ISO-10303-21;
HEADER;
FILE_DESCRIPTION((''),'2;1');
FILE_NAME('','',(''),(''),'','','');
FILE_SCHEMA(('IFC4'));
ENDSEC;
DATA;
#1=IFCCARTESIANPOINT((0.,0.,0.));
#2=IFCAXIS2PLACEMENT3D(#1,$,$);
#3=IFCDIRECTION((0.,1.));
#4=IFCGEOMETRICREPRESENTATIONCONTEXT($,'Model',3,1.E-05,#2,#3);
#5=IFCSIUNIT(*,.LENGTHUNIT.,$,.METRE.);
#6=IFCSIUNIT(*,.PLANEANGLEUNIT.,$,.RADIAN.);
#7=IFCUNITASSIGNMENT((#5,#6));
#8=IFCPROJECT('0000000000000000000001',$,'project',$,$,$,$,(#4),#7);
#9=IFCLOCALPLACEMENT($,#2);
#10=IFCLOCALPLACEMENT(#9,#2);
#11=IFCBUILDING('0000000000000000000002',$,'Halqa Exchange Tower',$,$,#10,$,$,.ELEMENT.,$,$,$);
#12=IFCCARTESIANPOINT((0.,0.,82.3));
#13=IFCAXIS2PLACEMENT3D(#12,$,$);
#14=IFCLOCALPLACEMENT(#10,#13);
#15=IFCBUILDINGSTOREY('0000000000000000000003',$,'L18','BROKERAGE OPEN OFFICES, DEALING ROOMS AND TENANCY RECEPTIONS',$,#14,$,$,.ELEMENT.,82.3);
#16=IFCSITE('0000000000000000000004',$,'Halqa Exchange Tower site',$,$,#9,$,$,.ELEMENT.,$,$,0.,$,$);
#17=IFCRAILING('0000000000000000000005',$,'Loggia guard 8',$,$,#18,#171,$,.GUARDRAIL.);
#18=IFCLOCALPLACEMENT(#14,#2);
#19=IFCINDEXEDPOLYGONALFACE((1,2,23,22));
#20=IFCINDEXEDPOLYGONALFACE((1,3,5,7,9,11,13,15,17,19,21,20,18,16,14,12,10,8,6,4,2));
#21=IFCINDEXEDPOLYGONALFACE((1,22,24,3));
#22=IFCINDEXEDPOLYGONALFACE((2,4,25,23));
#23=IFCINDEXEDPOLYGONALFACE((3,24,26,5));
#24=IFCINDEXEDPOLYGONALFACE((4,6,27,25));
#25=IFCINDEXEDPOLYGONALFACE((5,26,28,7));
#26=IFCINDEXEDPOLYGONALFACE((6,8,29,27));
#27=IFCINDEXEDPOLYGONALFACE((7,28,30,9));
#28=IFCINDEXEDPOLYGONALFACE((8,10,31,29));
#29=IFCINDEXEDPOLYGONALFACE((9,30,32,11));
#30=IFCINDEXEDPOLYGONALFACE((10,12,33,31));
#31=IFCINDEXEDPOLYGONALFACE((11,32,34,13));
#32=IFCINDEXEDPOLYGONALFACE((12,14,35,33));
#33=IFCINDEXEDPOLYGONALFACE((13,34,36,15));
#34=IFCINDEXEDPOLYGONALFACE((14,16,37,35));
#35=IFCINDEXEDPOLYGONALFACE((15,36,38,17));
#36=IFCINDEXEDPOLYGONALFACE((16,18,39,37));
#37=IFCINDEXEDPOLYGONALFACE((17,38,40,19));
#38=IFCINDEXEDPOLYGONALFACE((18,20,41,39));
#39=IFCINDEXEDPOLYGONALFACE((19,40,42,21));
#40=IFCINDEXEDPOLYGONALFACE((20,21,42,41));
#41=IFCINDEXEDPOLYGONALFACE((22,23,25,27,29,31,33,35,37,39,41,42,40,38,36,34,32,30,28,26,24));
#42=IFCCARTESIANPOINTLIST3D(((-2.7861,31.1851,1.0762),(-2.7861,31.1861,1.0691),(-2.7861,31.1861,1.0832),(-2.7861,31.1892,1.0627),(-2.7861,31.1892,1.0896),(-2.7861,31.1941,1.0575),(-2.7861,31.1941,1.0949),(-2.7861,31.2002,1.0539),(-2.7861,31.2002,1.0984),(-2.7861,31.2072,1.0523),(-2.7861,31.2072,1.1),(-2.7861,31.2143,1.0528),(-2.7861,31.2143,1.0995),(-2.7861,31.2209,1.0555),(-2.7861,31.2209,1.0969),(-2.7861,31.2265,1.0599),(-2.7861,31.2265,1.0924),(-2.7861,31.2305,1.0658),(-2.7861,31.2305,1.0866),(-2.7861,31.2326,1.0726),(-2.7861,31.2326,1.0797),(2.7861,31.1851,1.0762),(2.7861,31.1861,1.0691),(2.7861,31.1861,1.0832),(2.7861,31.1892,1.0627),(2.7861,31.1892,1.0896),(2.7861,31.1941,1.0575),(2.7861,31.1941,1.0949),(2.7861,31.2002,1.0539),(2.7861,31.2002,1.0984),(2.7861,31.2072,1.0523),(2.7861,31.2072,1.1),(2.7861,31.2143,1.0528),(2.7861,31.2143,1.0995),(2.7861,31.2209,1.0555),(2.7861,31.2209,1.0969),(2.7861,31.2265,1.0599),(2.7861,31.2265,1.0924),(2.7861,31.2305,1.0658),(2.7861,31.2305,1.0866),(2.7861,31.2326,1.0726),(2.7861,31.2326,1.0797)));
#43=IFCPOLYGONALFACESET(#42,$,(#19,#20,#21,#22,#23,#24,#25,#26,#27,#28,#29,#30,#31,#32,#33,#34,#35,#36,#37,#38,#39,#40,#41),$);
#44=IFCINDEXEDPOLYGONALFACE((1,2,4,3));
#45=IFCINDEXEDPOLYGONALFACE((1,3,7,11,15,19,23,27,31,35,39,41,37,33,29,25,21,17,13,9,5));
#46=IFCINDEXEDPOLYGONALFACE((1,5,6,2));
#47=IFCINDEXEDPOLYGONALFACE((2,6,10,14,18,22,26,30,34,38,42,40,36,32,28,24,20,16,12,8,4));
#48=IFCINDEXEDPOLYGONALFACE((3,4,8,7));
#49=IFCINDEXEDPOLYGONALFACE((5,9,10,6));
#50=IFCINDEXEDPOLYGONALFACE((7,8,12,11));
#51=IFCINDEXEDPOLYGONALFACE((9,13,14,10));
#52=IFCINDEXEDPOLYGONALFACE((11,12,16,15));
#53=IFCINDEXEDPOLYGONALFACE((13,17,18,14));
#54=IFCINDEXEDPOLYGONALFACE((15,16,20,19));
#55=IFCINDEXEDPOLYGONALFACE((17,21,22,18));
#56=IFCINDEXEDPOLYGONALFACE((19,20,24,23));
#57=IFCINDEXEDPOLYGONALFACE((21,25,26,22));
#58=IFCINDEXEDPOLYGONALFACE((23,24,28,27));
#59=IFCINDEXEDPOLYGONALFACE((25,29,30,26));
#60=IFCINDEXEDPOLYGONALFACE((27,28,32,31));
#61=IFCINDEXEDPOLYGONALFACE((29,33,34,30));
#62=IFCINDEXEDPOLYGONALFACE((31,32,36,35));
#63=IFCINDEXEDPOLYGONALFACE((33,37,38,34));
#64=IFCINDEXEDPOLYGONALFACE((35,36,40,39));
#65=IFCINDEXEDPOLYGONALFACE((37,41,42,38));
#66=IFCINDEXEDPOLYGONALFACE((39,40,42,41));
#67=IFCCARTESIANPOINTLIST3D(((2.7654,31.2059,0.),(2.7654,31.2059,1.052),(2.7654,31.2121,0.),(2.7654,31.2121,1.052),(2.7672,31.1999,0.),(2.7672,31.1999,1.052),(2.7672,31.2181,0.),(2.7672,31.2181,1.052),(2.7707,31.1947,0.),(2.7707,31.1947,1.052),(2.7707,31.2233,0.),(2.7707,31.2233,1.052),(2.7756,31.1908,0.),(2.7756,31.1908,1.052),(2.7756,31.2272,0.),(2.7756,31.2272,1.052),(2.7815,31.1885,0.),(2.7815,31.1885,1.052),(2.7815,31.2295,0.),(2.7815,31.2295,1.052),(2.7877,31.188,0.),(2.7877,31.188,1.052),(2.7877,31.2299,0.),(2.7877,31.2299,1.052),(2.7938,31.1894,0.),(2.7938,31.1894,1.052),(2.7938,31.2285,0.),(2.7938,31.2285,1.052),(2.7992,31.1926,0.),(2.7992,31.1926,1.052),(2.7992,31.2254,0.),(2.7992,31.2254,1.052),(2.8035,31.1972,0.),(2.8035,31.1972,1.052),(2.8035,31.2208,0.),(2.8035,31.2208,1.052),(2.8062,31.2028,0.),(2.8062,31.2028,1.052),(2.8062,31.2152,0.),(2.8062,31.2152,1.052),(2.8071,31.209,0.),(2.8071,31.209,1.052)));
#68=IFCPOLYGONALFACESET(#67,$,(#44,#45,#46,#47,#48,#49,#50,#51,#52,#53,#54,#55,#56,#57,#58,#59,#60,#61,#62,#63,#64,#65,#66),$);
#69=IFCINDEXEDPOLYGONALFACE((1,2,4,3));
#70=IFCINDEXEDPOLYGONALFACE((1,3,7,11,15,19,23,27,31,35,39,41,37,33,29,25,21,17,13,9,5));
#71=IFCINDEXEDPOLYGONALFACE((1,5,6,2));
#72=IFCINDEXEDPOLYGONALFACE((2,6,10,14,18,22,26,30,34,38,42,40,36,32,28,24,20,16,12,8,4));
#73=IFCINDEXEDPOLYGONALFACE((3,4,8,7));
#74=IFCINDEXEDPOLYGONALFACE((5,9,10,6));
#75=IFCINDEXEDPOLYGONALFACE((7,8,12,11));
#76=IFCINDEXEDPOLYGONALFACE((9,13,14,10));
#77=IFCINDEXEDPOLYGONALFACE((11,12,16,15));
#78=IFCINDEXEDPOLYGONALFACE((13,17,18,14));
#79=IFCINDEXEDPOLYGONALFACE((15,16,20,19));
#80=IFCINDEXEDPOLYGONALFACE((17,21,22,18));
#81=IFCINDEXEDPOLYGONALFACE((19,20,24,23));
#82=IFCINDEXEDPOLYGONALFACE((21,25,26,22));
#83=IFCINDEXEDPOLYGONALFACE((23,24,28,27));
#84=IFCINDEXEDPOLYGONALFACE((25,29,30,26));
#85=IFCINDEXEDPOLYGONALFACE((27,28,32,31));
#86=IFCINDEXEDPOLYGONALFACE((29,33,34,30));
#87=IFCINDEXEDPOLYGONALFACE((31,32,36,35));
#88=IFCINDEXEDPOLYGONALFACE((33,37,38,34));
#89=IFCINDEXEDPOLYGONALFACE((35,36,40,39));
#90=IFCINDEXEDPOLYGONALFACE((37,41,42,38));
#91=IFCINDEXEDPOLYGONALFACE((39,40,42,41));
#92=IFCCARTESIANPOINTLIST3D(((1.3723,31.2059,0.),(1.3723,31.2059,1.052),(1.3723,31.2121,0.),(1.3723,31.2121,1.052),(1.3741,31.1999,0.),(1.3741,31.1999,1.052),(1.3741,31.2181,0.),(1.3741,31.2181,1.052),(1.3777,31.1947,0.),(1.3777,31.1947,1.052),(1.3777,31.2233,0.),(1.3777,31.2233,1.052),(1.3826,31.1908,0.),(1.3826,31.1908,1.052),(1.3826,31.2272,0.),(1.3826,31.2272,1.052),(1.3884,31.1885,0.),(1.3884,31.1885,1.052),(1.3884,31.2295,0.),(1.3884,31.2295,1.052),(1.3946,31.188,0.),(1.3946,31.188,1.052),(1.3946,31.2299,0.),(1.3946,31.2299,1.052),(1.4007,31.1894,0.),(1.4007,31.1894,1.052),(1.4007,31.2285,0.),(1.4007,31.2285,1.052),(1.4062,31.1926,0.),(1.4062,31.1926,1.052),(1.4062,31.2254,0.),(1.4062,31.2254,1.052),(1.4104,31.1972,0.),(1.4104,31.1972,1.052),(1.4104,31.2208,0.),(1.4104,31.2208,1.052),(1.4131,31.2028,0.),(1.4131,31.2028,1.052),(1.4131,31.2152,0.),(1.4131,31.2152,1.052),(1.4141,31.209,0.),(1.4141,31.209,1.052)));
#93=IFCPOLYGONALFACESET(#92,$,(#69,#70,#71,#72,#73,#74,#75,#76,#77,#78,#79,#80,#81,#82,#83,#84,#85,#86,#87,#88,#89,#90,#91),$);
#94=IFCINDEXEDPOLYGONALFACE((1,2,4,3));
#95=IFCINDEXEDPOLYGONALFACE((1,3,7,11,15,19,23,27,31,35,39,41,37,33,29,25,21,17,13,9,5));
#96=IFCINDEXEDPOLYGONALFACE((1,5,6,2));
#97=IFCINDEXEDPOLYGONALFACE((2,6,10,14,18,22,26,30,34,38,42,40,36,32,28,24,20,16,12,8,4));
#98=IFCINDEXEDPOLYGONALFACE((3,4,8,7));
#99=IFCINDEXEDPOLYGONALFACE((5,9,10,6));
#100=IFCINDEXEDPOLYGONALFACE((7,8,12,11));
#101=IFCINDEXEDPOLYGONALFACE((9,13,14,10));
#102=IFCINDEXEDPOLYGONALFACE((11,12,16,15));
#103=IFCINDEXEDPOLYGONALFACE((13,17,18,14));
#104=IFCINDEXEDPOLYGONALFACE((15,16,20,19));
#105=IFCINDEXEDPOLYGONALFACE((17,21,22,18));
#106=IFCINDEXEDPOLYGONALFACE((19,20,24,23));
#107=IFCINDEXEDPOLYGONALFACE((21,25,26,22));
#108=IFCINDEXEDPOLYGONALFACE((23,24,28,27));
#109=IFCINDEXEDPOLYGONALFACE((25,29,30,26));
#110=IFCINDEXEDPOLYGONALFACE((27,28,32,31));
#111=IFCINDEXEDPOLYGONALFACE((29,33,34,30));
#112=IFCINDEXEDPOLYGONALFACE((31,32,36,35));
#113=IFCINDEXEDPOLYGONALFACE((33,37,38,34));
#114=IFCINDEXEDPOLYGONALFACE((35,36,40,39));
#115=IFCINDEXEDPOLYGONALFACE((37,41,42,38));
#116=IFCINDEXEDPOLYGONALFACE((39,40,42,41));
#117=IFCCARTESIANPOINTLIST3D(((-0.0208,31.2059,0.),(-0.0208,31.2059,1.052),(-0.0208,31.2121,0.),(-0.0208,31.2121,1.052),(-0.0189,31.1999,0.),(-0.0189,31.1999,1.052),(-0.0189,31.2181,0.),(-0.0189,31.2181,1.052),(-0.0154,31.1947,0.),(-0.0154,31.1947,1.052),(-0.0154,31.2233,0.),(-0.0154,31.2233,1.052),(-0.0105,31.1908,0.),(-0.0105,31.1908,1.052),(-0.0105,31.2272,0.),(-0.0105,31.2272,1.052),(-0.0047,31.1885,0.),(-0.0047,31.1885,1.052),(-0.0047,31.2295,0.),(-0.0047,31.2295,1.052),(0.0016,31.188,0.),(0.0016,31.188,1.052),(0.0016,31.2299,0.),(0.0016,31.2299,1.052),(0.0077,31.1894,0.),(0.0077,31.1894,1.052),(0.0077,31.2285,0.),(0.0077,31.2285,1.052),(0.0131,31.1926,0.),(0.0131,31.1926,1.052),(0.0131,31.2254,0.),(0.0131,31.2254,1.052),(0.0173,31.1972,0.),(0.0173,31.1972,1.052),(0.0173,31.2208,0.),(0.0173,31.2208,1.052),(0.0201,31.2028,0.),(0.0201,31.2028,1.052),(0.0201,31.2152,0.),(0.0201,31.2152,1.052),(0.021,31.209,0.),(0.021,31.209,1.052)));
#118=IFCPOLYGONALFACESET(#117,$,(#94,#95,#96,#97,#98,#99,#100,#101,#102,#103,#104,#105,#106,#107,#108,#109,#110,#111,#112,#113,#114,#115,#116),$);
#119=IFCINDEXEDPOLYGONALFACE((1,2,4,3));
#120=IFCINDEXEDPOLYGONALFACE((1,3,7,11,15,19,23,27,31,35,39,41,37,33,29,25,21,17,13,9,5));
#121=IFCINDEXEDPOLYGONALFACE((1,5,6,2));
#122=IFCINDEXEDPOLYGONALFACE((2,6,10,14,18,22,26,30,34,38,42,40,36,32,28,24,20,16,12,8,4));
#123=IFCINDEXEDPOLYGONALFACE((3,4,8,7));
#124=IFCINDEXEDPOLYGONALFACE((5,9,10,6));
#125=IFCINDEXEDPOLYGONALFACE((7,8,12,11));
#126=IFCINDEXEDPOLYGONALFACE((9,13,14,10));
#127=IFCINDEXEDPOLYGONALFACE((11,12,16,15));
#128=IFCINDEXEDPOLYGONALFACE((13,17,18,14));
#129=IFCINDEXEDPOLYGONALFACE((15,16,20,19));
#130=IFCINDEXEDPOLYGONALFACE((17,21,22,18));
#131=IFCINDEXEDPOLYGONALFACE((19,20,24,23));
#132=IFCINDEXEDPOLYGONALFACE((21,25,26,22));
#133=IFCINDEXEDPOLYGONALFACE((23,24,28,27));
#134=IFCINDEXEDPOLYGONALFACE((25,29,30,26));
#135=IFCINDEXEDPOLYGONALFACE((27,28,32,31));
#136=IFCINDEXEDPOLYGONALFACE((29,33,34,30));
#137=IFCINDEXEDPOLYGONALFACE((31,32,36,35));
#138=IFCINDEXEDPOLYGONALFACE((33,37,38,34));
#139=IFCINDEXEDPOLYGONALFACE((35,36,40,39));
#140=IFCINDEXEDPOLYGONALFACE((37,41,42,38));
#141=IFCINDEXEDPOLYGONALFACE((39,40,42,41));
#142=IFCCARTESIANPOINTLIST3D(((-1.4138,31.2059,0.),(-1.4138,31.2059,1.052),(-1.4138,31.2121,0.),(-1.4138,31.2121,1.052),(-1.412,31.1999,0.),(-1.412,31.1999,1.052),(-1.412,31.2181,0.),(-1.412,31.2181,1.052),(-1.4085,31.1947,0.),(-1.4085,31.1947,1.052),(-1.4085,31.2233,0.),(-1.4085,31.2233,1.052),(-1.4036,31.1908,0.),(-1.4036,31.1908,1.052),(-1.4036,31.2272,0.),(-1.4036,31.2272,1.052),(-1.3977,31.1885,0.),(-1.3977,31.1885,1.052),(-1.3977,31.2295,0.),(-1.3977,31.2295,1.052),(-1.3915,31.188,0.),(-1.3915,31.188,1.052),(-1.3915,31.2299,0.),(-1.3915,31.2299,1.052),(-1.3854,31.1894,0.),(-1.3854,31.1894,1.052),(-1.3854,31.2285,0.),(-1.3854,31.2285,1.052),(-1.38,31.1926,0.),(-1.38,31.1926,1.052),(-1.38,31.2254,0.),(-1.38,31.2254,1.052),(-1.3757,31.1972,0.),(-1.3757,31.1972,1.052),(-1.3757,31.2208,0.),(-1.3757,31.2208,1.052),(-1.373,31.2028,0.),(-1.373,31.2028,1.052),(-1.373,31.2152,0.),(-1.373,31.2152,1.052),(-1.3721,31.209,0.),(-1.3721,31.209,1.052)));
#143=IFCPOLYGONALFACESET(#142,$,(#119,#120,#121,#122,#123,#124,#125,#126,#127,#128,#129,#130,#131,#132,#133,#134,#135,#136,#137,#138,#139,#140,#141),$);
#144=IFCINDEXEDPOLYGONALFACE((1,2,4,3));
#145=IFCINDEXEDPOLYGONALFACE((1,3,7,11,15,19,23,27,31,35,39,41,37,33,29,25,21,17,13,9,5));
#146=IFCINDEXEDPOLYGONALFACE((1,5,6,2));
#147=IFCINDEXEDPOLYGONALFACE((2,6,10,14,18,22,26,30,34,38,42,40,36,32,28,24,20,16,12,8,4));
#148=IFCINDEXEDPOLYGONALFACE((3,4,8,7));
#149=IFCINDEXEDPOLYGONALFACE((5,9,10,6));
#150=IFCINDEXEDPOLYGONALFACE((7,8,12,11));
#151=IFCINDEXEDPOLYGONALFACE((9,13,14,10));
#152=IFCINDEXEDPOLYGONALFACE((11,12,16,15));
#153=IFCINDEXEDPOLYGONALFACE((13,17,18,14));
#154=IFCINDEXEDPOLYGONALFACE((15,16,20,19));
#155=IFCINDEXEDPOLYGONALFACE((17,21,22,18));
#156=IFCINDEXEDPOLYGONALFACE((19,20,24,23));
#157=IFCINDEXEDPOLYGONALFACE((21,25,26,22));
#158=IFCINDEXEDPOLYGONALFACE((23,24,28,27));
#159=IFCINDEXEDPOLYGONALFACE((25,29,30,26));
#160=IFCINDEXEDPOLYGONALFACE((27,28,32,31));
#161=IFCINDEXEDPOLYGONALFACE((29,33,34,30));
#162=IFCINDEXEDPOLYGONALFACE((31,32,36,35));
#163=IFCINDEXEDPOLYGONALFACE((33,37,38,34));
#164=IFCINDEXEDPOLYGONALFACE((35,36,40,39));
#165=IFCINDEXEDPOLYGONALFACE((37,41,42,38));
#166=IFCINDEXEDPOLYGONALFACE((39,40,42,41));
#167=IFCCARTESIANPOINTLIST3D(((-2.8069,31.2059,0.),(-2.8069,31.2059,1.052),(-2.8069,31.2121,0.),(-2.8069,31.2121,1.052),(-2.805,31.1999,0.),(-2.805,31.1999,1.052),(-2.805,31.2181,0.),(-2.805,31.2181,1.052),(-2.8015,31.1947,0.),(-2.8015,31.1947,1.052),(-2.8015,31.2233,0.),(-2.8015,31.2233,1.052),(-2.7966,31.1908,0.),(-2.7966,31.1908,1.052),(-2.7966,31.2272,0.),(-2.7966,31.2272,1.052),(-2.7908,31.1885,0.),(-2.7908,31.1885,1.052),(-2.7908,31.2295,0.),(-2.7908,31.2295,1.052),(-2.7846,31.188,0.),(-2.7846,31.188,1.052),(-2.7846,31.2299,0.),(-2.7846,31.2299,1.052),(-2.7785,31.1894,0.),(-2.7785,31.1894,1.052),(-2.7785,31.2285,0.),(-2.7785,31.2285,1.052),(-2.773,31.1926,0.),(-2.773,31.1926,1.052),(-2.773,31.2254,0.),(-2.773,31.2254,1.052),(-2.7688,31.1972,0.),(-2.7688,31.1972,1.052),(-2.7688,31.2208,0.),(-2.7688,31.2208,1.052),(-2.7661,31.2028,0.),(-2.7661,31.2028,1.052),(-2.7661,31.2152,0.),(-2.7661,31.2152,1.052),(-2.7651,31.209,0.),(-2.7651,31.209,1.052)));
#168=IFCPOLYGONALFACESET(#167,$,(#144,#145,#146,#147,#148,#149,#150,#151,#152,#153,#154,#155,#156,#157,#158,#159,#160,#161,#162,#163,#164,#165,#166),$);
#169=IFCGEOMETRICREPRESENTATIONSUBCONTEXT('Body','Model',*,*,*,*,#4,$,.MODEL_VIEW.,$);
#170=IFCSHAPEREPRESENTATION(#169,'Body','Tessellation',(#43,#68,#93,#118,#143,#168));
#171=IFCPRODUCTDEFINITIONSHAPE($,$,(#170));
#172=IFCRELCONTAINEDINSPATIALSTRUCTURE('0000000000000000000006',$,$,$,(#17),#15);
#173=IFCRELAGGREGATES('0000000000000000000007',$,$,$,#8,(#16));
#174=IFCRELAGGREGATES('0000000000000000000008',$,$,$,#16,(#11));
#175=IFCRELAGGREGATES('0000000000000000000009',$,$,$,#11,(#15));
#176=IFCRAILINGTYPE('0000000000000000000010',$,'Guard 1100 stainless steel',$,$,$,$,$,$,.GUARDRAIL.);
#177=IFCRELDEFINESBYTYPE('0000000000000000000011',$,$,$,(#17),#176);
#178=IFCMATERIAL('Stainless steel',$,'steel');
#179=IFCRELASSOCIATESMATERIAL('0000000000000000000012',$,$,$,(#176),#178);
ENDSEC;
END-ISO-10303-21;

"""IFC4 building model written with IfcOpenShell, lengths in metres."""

from ifc_helpers import new_model, si_unit, direction, frame, origin, origin_2d, place, context, subcontext, project, spatial, circle, extrude, material, type_object, element, save


model = new_model("IFC4")

# Units and contexts
model_context = context("Model", 3, precision=1e-05, world=origin(), true_north=direction((0.0, 1.0)))
body_context = subcontext(model_context, "Body", "Model", "MODEL_VIEW")
ifc_project = project(units=[si_unit("LENGTHUNIT", "METRE"), si_unit("PLANEANGLEUNIT", "RADIAN")], contexts=[model_context])

# Site, building, storey
site_placement = place(None, origin())
site = spatial("IfcSite", under=ifc_project, at=site_placement, Name="Halqa Exchange Tower site", CompositionType="ELEMENT", RefElevation=0.0)
building_placement = place(site_placement, origin())
building = spatial("IfcBuilding", under=site, at=building_placement, Name="Halqa Exchange Tower", CompositionType="ELEMENT")
storey_placement = place(building_placement, frame((0.0, 0.0, 82.3)))
storey = spatial("IfcBuildingStorey", under=building, at=storey_placement, Name="L18", Description="BROKERAGE OPEN OFFICES, DEALING ROOMS AND TENANCY RECEPTIONS", CompositionType="ELEMENT", Elevation=82.3)

# Railing
ifc_material_1 = material(Name="Stainless steel", Category="steel")
railing_type_1 = type_object("IfcRailingType", Name="Guard 1100 stainless steel", PredefinedType="GUARDRAIL", material=ifc_material_1)
railing_1_placement = place(storey_placement, frame((2.7861, 31.209, 0.0)))
element("IfcRailing", 1, at=railing_1_placement, inside=storey, type_object=railing_type_1, Name="Loggia guard 8", PredefinedType="GUARDRAIL", context=body_context, shape_type="SweptSolid", body=[
    extrude(circle(Radius=0.0239, at=origin_2d()), frame((0.0, 0.0, 1.0762), z_axis=(-1.0, 0.0, 0.0), x_axis=(0.0, -1.0, 0.0)), (0.0, 0.0, 1.0), 5.5723),
    extrude(circle(Radius=0.021, at=origin_2d()), origin(), (0.0, 0.0, 1.0), 1.052),
    extrude(circle(Radius=0.021, at=origin_2d()), frame((-1.3931, 0.0, 0.0)), (0.0, 0.0, 1.0), 1.052),
    extrude(circle(Radius=0.021, at=origin_2d()), frame((-2.7861, 0.0, 0.0)), (0.0, 0.0, 1.0), 1.052),
    extrude(circle(Radius=0.021, at=origin_2d()), frame((-4.1792, 0.0, 0.0)), (0.0, 0.0, 1.0), 1.052),
    extrude(circle(Radius=0.021, at=origin_2d()), frame((-5.5723, 0.0, 0.0)), (0.0, 0.0, 1.0), 1.052),
])

save(model, "model.ifc")
